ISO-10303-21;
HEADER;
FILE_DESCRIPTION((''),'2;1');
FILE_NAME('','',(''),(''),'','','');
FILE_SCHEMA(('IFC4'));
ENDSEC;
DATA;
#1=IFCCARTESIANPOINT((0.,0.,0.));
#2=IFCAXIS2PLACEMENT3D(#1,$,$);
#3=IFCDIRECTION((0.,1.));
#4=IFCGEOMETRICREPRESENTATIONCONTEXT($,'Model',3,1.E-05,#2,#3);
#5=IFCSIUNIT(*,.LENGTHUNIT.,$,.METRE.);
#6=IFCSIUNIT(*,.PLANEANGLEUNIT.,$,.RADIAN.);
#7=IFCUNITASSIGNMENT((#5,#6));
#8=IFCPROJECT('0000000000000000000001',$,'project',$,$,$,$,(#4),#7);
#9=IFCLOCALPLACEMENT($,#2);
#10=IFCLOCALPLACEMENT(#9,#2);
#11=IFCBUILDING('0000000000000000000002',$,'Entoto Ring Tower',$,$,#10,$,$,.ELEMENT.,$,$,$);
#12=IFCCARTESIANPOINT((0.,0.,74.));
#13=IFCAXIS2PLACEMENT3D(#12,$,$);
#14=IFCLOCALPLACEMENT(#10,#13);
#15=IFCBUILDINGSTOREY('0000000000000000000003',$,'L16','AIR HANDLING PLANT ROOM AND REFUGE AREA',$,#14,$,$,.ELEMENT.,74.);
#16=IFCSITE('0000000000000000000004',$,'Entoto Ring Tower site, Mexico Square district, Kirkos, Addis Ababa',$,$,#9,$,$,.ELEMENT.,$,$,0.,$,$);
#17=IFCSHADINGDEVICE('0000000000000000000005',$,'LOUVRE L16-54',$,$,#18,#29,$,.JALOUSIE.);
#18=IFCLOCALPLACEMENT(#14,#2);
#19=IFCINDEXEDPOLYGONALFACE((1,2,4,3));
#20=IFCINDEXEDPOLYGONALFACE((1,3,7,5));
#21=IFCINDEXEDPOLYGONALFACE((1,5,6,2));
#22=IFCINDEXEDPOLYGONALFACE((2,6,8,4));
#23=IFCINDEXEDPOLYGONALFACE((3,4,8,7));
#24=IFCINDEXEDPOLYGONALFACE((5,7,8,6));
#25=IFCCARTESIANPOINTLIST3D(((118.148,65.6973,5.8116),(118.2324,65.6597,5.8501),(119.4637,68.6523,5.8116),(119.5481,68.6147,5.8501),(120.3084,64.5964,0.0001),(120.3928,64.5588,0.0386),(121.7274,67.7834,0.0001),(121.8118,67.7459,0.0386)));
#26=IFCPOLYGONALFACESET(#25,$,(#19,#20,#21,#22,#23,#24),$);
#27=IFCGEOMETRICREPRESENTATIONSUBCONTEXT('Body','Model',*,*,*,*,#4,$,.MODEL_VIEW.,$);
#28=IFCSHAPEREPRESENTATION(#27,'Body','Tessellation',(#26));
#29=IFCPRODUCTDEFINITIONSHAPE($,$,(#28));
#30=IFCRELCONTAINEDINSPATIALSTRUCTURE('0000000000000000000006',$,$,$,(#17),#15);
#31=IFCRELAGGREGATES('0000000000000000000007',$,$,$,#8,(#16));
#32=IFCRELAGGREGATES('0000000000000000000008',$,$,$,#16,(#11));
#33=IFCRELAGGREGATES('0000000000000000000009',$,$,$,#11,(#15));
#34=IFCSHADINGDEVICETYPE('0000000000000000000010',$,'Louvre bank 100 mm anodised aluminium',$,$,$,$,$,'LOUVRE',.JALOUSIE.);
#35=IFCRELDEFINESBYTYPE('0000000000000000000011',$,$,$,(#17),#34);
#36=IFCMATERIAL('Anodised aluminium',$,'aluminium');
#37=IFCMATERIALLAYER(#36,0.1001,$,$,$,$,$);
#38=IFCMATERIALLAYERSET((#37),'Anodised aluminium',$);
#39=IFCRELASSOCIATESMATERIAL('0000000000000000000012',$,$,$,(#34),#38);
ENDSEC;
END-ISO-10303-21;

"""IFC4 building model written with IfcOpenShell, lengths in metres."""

from ifc_helpers import new_model, si_unit, direction, frame, origin, place, context, subcontext, project, spatial, polyline, outline, extrude, material, layer, layer_set, type_object, element, save


model = new_model("IFC4")

# Units and contexts
model_context = context("Model", 3, precision=1e-05, world=origin(), true_north=direction((0.0, 1.0)))
body_context = subcontext(model_context, "Body", "Model", "MODEL_VIEW")
ifc_project = project(units=[si_unit("LENGTHUNIT", "METRE"), si_unit("PLANEANGLEUNIT", "RADIAN")], contexts=[model_context])

# Site, building, storey
site_placement = place(None, origin())
site = spatial("IfcSite", under=ifc_project, at=site_placement, Name="Entoto Ring Tower site, Mexico Square district, Kirkos, Addis Ababa", CompositionType="ELEMENT", RefElevation=0.0)
building_placement = place(site_placement, origin())
building = spatial("IfcBuilding", under=site, at=building_placement, Name="Entoto Ring Tower", CompositionType="ELEMENT")
storey_placement = place(building_placement, frame((0.0, 0.0, 74.0)))
storey = spatial("IfcBuildingStorey", under=building, at=storey_placement, Name="L16", Description="AIR HANDLING PLANT ROOM AND REFUGE AREA", CompositionType="ELEMENT", Elevation=74.0)

# Shading device
ifc_material_1 = material(Name="Anodised aluminium", Category="aluminium")
ifc_layer_1 = layer(ifc_material_1, 0.1001)
ifc_layer_set_1 = layer_set([ifc_layer_1], Name="Anodised aluminium")
shading_device_type = type_object("IfcShadingDeviceType", Name="Louvre bank 100 mm anodised aluminium", ElementType="LOUVRE", PredefinedType="JALOUSIE", material=ifc_layer_set_1)
shading_device_1_placement = place(storey_placement, frame((120.3928, 64.5588, 0.0386), z_axis=(0.843278, -0.37545, 0.384603), x_axis=(0.406735, 0.913546, 0.0)))
element("IfcShadingDevice", 1, at=shading_device_1_placement, inside=storey, type_object=shading_device_type, Name="LOUVRE L16-54", PredefinedType="JALOUSIE", context=body_context, shape_type="SweptSolid", body=[
    extrude(outline(polyline([(0.0, 0.0), (3.4886, 0.0), (3.3617, 6.2958), (0.1269, 6.2958), (0.0, 0.0)])), origin(), (0.0, 0.0, -1.0), 0.1001),
])

save(model, "model.ifc")
